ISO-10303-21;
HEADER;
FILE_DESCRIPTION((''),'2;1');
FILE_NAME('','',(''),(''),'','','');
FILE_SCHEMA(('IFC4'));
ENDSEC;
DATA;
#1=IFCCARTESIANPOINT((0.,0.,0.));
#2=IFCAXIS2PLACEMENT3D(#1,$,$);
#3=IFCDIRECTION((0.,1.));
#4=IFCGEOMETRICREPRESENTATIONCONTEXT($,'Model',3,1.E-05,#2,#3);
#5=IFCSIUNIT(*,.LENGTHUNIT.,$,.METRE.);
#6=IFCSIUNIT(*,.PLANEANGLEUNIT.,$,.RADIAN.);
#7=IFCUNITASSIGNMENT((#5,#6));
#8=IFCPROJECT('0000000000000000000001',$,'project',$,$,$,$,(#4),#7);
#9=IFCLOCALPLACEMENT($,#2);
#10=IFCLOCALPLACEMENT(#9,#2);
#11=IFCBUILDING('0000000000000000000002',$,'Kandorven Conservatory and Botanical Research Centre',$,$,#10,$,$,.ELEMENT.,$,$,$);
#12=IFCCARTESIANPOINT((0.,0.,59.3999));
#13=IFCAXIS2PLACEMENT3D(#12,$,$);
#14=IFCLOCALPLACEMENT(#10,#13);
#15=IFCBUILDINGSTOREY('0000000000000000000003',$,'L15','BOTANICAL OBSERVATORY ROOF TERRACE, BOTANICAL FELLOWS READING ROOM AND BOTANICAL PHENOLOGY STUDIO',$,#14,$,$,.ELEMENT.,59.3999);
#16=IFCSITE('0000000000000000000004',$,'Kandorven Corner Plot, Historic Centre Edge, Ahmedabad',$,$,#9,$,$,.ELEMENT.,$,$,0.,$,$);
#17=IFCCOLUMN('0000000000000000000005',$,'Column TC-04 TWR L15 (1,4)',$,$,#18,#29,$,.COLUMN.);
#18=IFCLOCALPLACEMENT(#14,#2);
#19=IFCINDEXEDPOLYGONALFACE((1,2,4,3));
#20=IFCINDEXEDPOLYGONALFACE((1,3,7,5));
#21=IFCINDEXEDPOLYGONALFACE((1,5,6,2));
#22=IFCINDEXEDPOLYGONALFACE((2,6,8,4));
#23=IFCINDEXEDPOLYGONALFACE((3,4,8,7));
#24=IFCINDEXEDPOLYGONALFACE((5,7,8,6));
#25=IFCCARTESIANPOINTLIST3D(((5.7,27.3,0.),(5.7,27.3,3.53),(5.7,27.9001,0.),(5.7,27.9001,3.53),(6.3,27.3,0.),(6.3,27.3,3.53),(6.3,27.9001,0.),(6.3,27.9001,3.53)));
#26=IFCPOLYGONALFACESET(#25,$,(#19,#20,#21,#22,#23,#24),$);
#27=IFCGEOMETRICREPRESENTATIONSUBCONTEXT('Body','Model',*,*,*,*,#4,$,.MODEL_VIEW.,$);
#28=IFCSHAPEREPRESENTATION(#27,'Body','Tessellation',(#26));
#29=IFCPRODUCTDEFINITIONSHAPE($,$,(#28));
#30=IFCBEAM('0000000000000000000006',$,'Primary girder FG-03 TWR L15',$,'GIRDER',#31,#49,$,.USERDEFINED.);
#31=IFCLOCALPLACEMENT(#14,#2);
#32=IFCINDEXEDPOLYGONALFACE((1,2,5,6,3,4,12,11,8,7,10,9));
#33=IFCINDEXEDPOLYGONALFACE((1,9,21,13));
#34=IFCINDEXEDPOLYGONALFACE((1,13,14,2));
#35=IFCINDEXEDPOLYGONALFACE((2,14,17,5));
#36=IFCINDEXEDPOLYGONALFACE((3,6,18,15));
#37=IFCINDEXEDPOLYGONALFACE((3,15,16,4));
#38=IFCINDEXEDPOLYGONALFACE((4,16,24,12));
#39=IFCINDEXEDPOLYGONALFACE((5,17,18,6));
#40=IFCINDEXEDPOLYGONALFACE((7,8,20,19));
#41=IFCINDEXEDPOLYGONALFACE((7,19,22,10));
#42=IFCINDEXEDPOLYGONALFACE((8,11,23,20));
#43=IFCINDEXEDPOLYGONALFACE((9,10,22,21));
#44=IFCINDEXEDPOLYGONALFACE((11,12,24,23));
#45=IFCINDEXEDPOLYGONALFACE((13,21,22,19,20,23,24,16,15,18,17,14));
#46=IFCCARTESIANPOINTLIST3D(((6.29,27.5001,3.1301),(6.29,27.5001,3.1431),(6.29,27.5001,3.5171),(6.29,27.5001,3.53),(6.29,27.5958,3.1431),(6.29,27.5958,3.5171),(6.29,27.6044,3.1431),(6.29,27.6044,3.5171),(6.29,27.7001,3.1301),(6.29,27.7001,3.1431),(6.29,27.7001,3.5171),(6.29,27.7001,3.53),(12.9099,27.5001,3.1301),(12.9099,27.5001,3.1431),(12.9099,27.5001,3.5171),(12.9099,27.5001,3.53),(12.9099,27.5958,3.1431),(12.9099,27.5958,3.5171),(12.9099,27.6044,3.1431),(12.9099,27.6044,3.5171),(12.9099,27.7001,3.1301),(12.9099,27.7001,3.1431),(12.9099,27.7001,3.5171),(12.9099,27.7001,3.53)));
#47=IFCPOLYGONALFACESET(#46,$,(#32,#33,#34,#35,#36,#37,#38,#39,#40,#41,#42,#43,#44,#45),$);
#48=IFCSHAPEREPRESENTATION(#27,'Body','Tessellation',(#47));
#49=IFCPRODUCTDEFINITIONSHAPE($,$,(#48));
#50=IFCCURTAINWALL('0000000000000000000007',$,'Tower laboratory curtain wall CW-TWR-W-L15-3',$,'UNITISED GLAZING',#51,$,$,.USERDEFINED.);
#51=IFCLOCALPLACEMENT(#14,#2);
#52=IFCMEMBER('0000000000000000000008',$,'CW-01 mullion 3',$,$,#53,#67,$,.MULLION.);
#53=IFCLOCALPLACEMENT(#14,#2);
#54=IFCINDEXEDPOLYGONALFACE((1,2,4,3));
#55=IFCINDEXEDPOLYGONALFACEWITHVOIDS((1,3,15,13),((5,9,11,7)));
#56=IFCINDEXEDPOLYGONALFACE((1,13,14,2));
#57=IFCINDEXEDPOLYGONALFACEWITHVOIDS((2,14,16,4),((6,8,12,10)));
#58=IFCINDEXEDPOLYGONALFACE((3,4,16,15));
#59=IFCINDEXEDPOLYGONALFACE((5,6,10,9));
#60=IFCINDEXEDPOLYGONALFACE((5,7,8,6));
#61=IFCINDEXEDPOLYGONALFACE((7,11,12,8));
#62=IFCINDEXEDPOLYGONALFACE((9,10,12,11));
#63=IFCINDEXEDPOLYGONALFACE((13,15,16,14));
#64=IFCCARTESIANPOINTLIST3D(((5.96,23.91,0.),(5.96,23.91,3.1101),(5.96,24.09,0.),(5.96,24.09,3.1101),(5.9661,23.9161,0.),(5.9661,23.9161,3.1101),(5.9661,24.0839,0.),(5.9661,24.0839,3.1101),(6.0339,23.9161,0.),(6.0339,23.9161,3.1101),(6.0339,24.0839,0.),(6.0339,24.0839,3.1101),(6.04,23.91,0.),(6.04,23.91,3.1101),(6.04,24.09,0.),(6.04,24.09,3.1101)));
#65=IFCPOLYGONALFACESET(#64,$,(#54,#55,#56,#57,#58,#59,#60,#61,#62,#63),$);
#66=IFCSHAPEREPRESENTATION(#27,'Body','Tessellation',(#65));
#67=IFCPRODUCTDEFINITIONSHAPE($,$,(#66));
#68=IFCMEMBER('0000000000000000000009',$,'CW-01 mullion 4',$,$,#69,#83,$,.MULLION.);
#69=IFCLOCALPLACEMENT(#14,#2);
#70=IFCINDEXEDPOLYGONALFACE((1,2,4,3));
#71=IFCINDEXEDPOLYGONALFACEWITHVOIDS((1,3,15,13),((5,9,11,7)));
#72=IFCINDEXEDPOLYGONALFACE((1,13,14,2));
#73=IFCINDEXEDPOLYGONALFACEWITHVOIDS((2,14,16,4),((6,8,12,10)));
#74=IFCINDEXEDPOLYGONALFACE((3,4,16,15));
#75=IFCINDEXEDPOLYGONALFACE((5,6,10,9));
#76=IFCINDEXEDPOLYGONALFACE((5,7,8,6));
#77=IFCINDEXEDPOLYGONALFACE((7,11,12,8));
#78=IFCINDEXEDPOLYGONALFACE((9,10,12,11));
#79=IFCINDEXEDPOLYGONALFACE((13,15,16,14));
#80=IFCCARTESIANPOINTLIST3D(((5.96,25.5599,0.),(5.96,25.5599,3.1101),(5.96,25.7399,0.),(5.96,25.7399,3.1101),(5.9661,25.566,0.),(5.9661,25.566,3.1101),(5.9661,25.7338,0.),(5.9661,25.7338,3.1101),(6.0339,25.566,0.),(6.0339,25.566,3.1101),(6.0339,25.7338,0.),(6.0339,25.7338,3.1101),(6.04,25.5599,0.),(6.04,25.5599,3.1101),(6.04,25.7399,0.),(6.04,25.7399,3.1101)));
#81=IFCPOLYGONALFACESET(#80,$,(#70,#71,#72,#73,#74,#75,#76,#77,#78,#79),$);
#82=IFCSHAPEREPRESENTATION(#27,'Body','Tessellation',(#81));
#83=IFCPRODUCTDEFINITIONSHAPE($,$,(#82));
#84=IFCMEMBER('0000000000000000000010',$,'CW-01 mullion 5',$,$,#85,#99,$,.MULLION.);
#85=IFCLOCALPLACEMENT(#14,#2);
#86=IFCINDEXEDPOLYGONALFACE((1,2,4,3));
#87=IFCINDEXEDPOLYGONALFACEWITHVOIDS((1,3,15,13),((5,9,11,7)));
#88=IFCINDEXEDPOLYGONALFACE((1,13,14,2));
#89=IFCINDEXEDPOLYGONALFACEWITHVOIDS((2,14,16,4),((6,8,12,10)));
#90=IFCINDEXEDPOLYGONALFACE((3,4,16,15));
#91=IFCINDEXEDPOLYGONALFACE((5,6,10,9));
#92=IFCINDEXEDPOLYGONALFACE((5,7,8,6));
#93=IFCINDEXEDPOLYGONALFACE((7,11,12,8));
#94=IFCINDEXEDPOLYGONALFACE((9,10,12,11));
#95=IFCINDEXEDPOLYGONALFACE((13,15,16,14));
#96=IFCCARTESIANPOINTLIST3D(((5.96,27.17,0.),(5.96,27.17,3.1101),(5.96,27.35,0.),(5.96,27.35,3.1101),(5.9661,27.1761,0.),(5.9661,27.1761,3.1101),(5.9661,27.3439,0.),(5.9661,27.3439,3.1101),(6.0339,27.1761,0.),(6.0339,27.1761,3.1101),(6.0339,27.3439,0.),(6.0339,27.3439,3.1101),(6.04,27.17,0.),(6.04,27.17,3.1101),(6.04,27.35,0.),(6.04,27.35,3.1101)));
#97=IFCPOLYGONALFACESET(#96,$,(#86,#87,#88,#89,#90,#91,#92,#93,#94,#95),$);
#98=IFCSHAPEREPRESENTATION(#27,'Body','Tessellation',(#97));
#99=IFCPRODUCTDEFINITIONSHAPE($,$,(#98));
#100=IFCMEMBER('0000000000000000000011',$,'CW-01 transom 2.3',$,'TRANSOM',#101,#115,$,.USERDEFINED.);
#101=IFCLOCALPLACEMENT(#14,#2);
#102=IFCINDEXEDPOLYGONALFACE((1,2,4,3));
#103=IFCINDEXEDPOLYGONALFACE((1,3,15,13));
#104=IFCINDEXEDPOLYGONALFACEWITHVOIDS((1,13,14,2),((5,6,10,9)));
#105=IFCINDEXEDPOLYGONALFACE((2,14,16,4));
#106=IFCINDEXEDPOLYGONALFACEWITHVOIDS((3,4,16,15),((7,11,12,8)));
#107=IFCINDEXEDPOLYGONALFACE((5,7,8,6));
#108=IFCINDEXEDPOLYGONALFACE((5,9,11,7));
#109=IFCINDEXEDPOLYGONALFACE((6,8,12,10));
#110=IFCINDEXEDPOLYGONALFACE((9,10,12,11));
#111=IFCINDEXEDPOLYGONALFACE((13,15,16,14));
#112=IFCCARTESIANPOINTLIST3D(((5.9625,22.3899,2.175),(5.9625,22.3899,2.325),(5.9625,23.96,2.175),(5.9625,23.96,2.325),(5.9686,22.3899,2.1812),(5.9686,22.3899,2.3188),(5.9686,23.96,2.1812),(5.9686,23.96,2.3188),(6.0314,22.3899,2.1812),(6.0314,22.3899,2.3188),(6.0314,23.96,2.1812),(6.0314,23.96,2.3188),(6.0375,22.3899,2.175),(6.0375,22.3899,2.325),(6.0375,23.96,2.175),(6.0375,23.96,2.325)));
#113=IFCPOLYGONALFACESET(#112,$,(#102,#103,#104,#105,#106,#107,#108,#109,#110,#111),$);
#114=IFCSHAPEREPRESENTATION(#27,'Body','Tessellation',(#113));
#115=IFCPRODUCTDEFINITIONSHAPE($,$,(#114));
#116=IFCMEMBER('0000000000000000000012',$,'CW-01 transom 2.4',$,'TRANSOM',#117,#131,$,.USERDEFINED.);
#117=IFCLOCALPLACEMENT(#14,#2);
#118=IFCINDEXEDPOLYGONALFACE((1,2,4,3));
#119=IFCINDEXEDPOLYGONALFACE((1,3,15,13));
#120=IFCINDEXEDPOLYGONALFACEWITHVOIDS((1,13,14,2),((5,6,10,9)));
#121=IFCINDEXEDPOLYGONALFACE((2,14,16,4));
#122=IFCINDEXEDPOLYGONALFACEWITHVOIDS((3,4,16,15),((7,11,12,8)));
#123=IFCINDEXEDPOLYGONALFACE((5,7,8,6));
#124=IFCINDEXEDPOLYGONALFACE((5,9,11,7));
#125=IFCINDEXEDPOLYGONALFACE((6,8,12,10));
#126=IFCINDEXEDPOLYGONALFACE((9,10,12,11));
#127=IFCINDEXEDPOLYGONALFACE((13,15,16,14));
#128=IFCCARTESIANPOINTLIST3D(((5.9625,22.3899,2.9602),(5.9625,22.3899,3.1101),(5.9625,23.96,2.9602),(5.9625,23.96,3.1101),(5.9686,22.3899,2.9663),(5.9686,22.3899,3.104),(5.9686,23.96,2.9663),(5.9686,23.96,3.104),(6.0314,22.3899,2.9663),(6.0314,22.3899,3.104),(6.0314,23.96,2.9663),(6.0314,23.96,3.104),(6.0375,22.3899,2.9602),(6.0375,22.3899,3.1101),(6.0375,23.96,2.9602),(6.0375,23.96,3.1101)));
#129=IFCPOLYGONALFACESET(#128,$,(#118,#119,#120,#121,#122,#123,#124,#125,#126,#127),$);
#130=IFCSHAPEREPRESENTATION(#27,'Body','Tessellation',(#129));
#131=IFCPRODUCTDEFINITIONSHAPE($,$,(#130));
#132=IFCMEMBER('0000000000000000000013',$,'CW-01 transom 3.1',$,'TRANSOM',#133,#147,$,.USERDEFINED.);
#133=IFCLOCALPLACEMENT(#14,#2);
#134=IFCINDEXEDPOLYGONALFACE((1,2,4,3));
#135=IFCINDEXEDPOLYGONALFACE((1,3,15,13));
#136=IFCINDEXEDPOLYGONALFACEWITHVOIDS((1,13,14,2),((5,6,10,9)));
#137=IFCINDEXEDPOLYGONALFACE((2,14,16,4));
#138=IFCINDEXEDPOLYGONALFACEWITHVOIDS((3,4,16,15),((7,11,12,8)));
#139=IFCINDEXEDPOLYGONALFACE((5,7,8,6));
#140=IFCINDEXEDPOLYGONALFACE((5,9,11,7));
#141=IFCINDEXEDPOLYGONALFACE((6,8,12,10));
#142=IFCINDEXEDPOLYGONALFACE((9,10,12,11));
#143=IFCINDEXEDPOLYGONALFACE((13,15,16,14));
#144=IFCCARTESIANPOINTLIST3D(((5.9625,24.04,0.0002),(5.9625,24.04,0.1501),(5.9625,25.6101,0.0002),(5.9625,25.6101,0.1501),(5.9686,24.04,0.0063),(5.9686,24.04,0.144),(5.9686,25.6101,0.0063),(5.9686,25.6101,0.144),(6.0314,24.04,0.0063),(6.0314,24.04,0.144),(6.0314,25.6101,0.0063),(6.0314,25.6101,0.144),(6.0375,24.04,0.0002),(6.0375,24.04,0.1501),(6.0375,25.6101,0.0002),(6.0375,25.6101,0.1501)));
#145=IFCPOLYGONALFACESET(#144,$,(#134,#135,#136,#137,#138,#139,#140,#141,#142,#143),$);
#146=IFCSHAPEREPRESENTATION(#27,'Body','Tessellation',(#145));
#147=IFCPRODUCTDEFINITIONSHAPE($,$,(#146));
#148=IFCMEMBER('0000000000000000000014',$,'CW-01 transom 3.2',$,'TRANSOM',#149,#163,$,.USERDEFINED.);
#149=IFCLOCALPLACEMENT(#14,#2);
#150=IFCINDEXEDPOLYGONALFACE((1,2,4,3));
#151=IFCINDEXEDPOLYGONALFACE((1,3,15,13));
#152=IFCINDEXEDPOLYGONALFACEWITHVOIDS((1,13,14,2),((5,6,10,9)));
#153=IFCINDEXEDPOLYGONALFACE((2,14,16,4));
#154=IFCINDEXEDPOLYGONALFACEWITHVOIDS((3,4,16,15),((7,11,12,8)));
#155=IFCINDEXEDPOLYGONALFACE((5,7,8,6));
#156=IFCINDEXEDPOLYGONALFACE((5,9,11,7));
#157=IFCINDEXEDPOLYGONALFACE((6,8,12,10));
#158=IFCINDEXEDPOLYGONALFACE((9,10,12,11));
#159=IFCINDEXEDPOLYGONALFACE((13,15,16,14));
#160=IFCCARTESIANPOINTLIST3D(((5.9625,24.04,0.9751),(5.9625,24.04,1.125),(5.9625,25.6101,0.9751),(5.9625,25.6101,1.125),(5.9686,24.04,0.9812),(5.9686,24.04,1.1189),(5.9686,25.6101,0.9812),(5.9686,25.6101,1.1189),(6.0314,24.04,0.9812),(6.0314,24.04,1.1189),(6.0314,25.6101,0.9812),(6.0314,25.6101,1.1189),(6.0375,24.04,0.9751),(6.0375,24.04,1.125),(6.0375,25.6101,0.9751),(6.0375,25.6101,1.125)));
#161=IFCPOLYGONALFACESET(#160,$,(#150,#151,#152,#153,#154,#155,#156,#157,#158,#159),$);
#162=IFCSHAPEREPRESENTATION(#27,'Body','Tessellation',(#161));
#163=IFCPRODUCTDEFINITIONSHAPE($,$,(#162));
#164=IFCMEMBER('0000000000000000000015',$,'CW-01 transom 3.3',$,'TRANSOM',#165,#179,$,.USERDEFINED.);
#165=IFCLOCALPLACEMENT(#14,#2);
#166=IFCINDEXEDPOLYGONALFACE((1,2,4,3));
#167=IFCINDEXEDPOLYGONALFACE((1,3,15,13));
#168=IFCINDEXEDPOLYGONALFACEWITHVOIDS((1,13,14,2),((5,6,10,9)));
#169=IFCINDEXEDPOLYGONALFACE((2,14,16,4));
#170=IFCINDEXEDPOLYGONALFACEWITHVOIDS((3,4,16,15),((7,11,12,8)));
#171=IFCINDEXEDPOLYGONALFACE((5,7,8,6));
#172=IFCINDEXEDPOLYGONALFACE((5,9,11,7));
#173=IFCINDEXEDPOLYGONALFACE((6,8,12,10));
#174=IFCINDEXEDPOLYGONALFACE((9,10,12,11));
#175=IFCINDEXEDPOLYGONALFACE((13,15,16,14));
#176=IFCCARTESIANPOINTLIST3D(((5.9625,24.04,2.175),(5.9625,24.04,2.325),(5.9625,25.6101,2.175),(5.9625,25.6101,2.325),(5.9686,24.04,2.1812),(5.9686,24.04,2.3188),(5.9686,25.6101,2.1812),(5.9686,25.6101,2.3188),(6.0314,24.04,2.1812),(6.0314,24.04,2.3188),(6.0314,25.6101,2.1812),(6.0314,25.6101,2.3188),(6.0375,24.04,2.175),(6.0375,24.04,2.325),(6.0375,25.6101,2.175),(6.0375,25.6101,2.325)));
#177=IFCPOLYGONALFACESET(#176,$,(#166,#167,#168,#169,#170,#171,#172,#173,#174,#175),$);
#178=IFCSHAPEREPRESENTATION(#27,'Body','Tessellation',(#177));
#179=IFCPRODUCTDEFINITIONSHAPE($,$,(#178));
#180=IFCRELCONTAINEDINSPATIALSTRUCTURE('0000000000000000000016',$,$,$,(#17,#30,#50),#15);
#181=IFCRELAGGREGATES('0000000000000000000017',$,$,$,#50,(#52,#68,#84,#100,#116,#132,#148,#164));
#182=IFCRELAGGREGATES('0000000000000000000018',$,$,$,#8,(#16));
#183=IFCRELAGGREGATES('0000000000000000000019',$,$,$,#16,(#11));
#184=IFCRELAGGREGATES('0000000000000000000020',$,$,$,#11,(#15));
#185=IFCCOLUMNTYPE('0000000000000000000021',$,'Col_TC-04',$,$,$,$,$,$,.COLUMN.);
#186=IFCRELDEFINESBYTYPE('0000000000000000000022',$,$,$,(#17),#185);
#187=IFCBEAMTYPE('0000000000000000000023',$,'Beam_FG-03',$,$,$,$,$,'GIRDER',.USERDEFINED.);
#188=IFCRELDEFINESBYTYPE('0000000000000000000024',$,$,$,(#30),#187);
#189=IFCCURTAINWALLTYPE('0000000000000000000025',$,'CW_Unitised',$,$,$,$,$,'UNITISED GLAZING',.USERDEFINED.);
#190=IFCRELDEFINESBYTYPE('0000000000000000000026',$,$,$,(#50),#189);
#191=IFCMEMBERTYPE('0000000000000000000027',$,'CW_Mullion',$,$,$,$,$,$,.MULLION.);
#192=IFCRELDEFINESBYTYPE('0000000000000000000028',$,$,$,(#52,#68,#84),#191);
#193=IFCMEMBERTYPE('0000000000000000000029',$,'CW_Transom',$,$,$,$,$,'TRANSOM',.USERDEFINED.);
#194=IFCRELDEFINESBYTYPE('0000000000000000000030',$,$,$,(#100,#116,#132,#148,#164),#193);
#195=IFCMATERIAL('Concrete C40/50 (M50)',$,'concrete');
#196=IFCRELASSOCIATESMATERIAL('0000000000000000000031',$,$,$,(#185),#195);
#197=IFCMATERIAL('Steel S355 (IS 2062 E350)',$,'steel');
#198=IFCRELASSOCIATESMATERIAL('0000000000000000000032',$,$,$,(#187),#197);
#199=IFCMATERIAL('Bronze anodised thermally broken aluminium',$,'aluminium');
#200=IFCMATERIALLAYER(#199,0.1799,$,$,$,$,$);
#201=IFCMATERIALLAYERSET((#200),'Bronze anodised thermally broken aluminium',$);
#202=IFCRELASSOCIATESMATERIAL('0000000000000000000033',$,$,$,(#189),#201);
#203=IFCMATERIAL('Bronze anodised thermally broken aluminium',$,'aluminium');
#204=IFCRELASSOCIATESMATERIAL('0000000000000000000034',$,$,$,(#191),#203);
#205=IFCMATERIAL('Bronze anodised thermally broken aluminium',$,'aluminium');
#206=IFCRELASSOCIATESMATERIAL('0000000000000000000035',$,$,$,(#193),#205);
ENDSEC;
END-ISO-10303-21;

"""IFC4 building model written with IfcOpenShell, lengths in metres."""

from ifc_helpers import new_model, si_unit, direction, frame, origin, origin_2d, place, context, subcontext, project, spatial, rectangle, hollow_rectangle, i_section, extrude, material, layer, layer_set, material_profile, profile_set, type_object, element, aggregate, save


model = new_model("IFC4")

# Units and contexts
model_context = context("Model", 3, precision=1e-05, world=origin(), true_north=direction((0.0, 1.0)))
body_context = subcontext(model_context, "Body", "Model", "MODEL_VIEW")
ifc_project = project(units=[si_unit("LENGTHUNIT", "METRE"), si_unit("PLANEANGLEUNIT", "RADIAN")], contexts=[model_context])

# Site, building, storey
site_placement = place(None, origin())
site = spatial("IfcSite", under=ifc_project, at=site_placement, Name="Kandorven Corner Plot, Historic Centre Edge, Ahmedabad", CompositionType="ELEMENT", RefElevation=0.0)
building_placement = place(site_placement, origin())
building = spatial("IfcBuilding", under=site, at=building_placement, Name="Kandorven Conservatory and Botanical Research Centre", CompositionType="ELEMENT")
storey_placement = place(building_placement, frame((0.0, 0.0, 59.3999)))
storey = spatial("IfcBuildingStorey", under=building, at=storey_placement, Name="L15", Description="BOTANICAL OBSERVATORY ROOF TERRACE, BOTANICAL FELLOWS READING ROOM AND BOTANICAL PHENOLOGY STUDIO", CompositionType="ELEMENT", Elevation=59.3999)

# Column
ifc_material_1 = material(Name="Concrete C40/50 (M50)", Category="concrete")
ifc_material_profile_1 = material_profile(ifc_material_1, rectangle(XDim=0.6001, YDim=0.6001, at=origin_2d()))
ifc_profile_set_1 = profile_set([ifc_material_profile_1], Name="Concrete C40/50 (M50)")
column_type = type_object("IfcColumnType", Name="Col_TC-04", PredefinedType="COLUMN", material=ifc_profile_set_1)
column_placement = place(storey_placement, frame((6.0, 27.6001, 0.0), z_axis=(0.0, 0.0, 1.0), x_axis=(1.0, 0.0, 0.0)))
element("IfcColumn", 1, at=column_placement, inside=storey, type_object=column_type, Name="Column TC-04 TWR L15 (1,4)", PredefinedType="COLUMN", context=body_context, shape_type="SweptSolid", body=[
    extrude(rectangle(XDim=0.6001, YDim=0.6001, at=origin_2d()), origin(), (0.0, 0.0, 1.0), 3.53),
])

# Beam
ifc_material_2 = material(Name="Steel S355 (IS 2062 E350)", Category="steel")
ifc_material_profile_2 = material_profile(ifc_material_2, i_section(OverallWidth=0.2, OverallDepth=0.3999, WebThickness=0.0085, FlangeThickness=0.0129, at=origin_2d()))
ifc_profile_set_2 = profile_set([ifc_material_profile_2], Name="Steel S355 (IS 2062 E350)")
beam_type = type_object("IfcBeamType", Name="Beam_FG-03", ElementType="GIRDER", PredefinedType="USERDEFINED", material=ifc_profile_set_2)
beam_placement = place(storey_placement, frame((6.29, 27.6001, 3.3301), z_axis=(1.0, 0.0, 0.0), x_axis=(0.0, 1.0, 0.0)))
element("IfcBeam", 2, at=beam_placement, inside=storey, type_object=beam_type, Name="Primary girder FG-03 TWR L15", ObjectType="GIRDER", PredefinedType="USERDEFINED", context=body_context, shape_type="SweptSolid", body=[
    extrude(i_section(OverallWidth=0.2, OverallDepth=0.3999, WebThickness=0.0085, FlangeThickness=0.0129, at=origin_2d()), origin(), (0.0, 0.0, 1.0), 6.6199),
])

# Curtain wall, members
ifc_material_3 = material(Name="Bronze anodised thermally broken aluminium", Category="aluminium")
ifc_layer_1 = layer(ifc_material_3, 0.1799)
ifc_layer_set_1 = layer_set([ifc_layer_1], Name="Bronze anodised thermally broken aluminium")
curtain_wall_type = type_object("IfcCurtainWallType", Name="CW_Unitised", ElementType="UNITISED GLAZING", PredefinedType="USERDEFINED", material=ifc_layer_set_1)
curtain_wall_placement = place(storey_placement, origin())
curtain_wall = element("IfcCurtainWall", 3, at=curtain_wall_placement, inside=storey, type_object=curtain_wall_type, Name="Tower laboratory curtain wall CW-TWR-W-L15-3", ObjectType="UNITISED GLAZING", PredefinedType="USERDEFINED")
ifc_material_4 = material(Name="Bronze anodised thermally broken aluminium", Category="aluminium")
ifc_material_profile_3 = material_profile(ifc_material_4, hollow_rectangle(XDim=0.0801, YDim=0.1799, WallThickness=0.0061, at=origin_2d()))
ifc_profile_set_3 = profile_set([ifc_material_profile_3], Name="Bronze anodised thermally broken aluminium")
member_type_1 = type_object("IfcMemberType", Name="CW_Mullion", PredefinedType="MULLION", material=ifc_profile_set_3)
member_1_placement = place(storey_placement, frame((6.0, 24.0, 0.0), z_axis=(0.0, 0.0, 1.0), x_axis=(-1.0, 0.0, 0.0)))
member_1 = element("IfcMember", 4, at=member_1_placement, type_object=member_type_1, Name="CW-01 mullion 3", PredefinedType="MULLION", context=body_context, shape_type="SweptSolid", body=[
    extrude(hollow_rectangle(XDim=0.0801, YDim=0.1799, WallThickness=0.0061, at=origin_2d()), origin(), (0.0, 0.0, 1.0), 3.1101),
])
member_2_placement = place(storey_placement, frame((6.0, 25.6499, 0.0), z_axis=(0.0, 0.0, 1.0), x_axis=(-1.0, 0.0, 0.0)))
member_2 = element("IfcMember", 5, at=member_2_placement, type_object=member_type_1, Name="CW-01 mullion 4", PredefinedType="MULLION", context=body_context, shape_type="SweptSolid", body=[
    extrude(hollow_rectangle(XDim=0.0801, YDim=0.1799, WallThickness=0.0061, at=origin_2d()), origin(), (0.0, 0.0, 1.0), 3.1101),
])
member_3_placement = place(storey_placement, frame((6.0, 27.26, 0.0), z_axis=(0.0, 0.0, 1.0), x_axis=(-1.0, 0.0, 0.0)))
member_3 = element("IfcMember", 6, at=member_3_placement, type_object=member_type_1, Name="CW-01 mullion 5", PredefinedType="MULLION", context=body_context, shape_type="SweptSolid", body=[
    extrude(hollow_rectangle(XDim=0.0801, YDim=0.1799, WallThickness=0.0061, at=origin_2d()), origin(), (0.0, 0.0, 1.0), 3.1101),
])
ifc_material_5 = material(Name="Bronze anodised thermally broken aluminium", Category="aluminium")
ifc_material_profile_4 = material_profile(ifc_material_5, hollow_rectangle(XDim=0.075, YDim=0.1499, WallThickness=0.0061, at=origin_2d()))
ifc_profile_set_4 = profile_set([ifc_material_profile_4], Name="Bronze anodised thermally broken aluminium")
member_type_2 = type_object("IfcMemberType", Name="CW_Transom", ElementType="TRANSOM", PredefinedType="USERDEFINED", material=ifc_profile_set_4)
member_4_placement = place(storey_placement, frame((6.0, 22.3899, 2.25), z_axis=(0.0, 1.0, 0.0), x_axis=(-1.0, 0.0, 0.0)))
member_4 = element("IfcMember", 7, at=member_4_placement, type_object=member_type_2, Name="CW-01 transom 2.3", ObjectType="TRANSOM", PredefinedType="USERDEFINED", context=body_context, shape_type="SweptSolid", body=[
    extrude(hollow_rectangle(XDim=0.075, YDim=0.1499, WallThickness=0.0061, at=origin_2d()), origin(), (0.0, 0.0, 1.0), 1.5701),
])
member_5_placement = place(storey_placement, frame((6.0, 22.3899, 3.0352), z_axis=(0.0, 1.0, 0.0), x_axis=(-1.0, 0.0, 0.0)))
member_5 = element("IfcMember", 8, at=member_5_placement, type_object=member_type_2, Name="CW-01 transom 2.4", ObjectType="TRANSOM", PredefinedType="USERDEFINED", context=body_context, shape_type="SweptSolid", body=[
    extrude(hollow_rectangle(XDim=0.075, YDim=0.1499, WallThickness=0.0061, at=origin_2d()), origin(), (0.0, 0.0, 1.0), 1.5701),
])
member_6_placement = place(storey_placement, frame((6.0, 24.04, 0.0752), z_axis=(0.0, 1.0, 0.0), x_axis=(-1.0, 0.0, 0.0)))
member_6 = element("IfcMember", 9, at=member_6_placement, type_object=member_type_2, Name="CW-01 transom 3.1", ObjectType="TRANSOM", PredefinedType="USERDEFINED", context=body_context, shape_type="SweptSolid", body=[
    extrude(hollow_rectangle(XDim=0.075, YDim=0.1499, WallThickness=0.0061, at=origin_2d()), origin(), (0.0, 0.0, 1.0), 1.5701),
])
member_7_placement = place(storey_placement, frame((6.0, 24.04, 1.05), z_axis=(0.0, 1.0, 0.0), x_axis=(-1.0, 0.0, 0.0)))
member_7 = element("IfcMember", 10, at=member_7_placement, type_object=member_type_2, Name="CW-01 transom 3.2", ObjectType="TRANSOM", PredefinedType="USERDEFINED", context=body_context, shape_type="SweptSolid", body=[
    extrude(hollow_rectangle(XDim=0.075, YDim=0.1499, WallThickness=0.0061, at=origin_2d()), origin(), (0.0, 0.0, 1.0), 1.5701),
])
member_8_placement = place(storey_placement, frame((6.0, 24.04, 2.25), z_axis=(0.0, 1.0, 0.0), x_axis=(-1.0, 0.0, 0.0)))
member_8 = element("IfcMember", 11, at=member_8_placement, type_object=member_type_2, Name="CW-01 transom 3.3", ObjectType="TRANSOM", PredefinedType="USERDEFINED", context=body_context, shape_type="SweptSolid", body=[
    extrude(hollow_rectangle(XDim=0.075, YDim=0.1499, WallThickness=0.0061, at=origin_2d()), origin(), (0.0, 0.0, 1.0), 1.5701),
])
aggregate(curtain_wall, [member_1, member_2, member_3, member_4, member_5, member_6, member_7, member_8])

save(model, "model.ifc")
